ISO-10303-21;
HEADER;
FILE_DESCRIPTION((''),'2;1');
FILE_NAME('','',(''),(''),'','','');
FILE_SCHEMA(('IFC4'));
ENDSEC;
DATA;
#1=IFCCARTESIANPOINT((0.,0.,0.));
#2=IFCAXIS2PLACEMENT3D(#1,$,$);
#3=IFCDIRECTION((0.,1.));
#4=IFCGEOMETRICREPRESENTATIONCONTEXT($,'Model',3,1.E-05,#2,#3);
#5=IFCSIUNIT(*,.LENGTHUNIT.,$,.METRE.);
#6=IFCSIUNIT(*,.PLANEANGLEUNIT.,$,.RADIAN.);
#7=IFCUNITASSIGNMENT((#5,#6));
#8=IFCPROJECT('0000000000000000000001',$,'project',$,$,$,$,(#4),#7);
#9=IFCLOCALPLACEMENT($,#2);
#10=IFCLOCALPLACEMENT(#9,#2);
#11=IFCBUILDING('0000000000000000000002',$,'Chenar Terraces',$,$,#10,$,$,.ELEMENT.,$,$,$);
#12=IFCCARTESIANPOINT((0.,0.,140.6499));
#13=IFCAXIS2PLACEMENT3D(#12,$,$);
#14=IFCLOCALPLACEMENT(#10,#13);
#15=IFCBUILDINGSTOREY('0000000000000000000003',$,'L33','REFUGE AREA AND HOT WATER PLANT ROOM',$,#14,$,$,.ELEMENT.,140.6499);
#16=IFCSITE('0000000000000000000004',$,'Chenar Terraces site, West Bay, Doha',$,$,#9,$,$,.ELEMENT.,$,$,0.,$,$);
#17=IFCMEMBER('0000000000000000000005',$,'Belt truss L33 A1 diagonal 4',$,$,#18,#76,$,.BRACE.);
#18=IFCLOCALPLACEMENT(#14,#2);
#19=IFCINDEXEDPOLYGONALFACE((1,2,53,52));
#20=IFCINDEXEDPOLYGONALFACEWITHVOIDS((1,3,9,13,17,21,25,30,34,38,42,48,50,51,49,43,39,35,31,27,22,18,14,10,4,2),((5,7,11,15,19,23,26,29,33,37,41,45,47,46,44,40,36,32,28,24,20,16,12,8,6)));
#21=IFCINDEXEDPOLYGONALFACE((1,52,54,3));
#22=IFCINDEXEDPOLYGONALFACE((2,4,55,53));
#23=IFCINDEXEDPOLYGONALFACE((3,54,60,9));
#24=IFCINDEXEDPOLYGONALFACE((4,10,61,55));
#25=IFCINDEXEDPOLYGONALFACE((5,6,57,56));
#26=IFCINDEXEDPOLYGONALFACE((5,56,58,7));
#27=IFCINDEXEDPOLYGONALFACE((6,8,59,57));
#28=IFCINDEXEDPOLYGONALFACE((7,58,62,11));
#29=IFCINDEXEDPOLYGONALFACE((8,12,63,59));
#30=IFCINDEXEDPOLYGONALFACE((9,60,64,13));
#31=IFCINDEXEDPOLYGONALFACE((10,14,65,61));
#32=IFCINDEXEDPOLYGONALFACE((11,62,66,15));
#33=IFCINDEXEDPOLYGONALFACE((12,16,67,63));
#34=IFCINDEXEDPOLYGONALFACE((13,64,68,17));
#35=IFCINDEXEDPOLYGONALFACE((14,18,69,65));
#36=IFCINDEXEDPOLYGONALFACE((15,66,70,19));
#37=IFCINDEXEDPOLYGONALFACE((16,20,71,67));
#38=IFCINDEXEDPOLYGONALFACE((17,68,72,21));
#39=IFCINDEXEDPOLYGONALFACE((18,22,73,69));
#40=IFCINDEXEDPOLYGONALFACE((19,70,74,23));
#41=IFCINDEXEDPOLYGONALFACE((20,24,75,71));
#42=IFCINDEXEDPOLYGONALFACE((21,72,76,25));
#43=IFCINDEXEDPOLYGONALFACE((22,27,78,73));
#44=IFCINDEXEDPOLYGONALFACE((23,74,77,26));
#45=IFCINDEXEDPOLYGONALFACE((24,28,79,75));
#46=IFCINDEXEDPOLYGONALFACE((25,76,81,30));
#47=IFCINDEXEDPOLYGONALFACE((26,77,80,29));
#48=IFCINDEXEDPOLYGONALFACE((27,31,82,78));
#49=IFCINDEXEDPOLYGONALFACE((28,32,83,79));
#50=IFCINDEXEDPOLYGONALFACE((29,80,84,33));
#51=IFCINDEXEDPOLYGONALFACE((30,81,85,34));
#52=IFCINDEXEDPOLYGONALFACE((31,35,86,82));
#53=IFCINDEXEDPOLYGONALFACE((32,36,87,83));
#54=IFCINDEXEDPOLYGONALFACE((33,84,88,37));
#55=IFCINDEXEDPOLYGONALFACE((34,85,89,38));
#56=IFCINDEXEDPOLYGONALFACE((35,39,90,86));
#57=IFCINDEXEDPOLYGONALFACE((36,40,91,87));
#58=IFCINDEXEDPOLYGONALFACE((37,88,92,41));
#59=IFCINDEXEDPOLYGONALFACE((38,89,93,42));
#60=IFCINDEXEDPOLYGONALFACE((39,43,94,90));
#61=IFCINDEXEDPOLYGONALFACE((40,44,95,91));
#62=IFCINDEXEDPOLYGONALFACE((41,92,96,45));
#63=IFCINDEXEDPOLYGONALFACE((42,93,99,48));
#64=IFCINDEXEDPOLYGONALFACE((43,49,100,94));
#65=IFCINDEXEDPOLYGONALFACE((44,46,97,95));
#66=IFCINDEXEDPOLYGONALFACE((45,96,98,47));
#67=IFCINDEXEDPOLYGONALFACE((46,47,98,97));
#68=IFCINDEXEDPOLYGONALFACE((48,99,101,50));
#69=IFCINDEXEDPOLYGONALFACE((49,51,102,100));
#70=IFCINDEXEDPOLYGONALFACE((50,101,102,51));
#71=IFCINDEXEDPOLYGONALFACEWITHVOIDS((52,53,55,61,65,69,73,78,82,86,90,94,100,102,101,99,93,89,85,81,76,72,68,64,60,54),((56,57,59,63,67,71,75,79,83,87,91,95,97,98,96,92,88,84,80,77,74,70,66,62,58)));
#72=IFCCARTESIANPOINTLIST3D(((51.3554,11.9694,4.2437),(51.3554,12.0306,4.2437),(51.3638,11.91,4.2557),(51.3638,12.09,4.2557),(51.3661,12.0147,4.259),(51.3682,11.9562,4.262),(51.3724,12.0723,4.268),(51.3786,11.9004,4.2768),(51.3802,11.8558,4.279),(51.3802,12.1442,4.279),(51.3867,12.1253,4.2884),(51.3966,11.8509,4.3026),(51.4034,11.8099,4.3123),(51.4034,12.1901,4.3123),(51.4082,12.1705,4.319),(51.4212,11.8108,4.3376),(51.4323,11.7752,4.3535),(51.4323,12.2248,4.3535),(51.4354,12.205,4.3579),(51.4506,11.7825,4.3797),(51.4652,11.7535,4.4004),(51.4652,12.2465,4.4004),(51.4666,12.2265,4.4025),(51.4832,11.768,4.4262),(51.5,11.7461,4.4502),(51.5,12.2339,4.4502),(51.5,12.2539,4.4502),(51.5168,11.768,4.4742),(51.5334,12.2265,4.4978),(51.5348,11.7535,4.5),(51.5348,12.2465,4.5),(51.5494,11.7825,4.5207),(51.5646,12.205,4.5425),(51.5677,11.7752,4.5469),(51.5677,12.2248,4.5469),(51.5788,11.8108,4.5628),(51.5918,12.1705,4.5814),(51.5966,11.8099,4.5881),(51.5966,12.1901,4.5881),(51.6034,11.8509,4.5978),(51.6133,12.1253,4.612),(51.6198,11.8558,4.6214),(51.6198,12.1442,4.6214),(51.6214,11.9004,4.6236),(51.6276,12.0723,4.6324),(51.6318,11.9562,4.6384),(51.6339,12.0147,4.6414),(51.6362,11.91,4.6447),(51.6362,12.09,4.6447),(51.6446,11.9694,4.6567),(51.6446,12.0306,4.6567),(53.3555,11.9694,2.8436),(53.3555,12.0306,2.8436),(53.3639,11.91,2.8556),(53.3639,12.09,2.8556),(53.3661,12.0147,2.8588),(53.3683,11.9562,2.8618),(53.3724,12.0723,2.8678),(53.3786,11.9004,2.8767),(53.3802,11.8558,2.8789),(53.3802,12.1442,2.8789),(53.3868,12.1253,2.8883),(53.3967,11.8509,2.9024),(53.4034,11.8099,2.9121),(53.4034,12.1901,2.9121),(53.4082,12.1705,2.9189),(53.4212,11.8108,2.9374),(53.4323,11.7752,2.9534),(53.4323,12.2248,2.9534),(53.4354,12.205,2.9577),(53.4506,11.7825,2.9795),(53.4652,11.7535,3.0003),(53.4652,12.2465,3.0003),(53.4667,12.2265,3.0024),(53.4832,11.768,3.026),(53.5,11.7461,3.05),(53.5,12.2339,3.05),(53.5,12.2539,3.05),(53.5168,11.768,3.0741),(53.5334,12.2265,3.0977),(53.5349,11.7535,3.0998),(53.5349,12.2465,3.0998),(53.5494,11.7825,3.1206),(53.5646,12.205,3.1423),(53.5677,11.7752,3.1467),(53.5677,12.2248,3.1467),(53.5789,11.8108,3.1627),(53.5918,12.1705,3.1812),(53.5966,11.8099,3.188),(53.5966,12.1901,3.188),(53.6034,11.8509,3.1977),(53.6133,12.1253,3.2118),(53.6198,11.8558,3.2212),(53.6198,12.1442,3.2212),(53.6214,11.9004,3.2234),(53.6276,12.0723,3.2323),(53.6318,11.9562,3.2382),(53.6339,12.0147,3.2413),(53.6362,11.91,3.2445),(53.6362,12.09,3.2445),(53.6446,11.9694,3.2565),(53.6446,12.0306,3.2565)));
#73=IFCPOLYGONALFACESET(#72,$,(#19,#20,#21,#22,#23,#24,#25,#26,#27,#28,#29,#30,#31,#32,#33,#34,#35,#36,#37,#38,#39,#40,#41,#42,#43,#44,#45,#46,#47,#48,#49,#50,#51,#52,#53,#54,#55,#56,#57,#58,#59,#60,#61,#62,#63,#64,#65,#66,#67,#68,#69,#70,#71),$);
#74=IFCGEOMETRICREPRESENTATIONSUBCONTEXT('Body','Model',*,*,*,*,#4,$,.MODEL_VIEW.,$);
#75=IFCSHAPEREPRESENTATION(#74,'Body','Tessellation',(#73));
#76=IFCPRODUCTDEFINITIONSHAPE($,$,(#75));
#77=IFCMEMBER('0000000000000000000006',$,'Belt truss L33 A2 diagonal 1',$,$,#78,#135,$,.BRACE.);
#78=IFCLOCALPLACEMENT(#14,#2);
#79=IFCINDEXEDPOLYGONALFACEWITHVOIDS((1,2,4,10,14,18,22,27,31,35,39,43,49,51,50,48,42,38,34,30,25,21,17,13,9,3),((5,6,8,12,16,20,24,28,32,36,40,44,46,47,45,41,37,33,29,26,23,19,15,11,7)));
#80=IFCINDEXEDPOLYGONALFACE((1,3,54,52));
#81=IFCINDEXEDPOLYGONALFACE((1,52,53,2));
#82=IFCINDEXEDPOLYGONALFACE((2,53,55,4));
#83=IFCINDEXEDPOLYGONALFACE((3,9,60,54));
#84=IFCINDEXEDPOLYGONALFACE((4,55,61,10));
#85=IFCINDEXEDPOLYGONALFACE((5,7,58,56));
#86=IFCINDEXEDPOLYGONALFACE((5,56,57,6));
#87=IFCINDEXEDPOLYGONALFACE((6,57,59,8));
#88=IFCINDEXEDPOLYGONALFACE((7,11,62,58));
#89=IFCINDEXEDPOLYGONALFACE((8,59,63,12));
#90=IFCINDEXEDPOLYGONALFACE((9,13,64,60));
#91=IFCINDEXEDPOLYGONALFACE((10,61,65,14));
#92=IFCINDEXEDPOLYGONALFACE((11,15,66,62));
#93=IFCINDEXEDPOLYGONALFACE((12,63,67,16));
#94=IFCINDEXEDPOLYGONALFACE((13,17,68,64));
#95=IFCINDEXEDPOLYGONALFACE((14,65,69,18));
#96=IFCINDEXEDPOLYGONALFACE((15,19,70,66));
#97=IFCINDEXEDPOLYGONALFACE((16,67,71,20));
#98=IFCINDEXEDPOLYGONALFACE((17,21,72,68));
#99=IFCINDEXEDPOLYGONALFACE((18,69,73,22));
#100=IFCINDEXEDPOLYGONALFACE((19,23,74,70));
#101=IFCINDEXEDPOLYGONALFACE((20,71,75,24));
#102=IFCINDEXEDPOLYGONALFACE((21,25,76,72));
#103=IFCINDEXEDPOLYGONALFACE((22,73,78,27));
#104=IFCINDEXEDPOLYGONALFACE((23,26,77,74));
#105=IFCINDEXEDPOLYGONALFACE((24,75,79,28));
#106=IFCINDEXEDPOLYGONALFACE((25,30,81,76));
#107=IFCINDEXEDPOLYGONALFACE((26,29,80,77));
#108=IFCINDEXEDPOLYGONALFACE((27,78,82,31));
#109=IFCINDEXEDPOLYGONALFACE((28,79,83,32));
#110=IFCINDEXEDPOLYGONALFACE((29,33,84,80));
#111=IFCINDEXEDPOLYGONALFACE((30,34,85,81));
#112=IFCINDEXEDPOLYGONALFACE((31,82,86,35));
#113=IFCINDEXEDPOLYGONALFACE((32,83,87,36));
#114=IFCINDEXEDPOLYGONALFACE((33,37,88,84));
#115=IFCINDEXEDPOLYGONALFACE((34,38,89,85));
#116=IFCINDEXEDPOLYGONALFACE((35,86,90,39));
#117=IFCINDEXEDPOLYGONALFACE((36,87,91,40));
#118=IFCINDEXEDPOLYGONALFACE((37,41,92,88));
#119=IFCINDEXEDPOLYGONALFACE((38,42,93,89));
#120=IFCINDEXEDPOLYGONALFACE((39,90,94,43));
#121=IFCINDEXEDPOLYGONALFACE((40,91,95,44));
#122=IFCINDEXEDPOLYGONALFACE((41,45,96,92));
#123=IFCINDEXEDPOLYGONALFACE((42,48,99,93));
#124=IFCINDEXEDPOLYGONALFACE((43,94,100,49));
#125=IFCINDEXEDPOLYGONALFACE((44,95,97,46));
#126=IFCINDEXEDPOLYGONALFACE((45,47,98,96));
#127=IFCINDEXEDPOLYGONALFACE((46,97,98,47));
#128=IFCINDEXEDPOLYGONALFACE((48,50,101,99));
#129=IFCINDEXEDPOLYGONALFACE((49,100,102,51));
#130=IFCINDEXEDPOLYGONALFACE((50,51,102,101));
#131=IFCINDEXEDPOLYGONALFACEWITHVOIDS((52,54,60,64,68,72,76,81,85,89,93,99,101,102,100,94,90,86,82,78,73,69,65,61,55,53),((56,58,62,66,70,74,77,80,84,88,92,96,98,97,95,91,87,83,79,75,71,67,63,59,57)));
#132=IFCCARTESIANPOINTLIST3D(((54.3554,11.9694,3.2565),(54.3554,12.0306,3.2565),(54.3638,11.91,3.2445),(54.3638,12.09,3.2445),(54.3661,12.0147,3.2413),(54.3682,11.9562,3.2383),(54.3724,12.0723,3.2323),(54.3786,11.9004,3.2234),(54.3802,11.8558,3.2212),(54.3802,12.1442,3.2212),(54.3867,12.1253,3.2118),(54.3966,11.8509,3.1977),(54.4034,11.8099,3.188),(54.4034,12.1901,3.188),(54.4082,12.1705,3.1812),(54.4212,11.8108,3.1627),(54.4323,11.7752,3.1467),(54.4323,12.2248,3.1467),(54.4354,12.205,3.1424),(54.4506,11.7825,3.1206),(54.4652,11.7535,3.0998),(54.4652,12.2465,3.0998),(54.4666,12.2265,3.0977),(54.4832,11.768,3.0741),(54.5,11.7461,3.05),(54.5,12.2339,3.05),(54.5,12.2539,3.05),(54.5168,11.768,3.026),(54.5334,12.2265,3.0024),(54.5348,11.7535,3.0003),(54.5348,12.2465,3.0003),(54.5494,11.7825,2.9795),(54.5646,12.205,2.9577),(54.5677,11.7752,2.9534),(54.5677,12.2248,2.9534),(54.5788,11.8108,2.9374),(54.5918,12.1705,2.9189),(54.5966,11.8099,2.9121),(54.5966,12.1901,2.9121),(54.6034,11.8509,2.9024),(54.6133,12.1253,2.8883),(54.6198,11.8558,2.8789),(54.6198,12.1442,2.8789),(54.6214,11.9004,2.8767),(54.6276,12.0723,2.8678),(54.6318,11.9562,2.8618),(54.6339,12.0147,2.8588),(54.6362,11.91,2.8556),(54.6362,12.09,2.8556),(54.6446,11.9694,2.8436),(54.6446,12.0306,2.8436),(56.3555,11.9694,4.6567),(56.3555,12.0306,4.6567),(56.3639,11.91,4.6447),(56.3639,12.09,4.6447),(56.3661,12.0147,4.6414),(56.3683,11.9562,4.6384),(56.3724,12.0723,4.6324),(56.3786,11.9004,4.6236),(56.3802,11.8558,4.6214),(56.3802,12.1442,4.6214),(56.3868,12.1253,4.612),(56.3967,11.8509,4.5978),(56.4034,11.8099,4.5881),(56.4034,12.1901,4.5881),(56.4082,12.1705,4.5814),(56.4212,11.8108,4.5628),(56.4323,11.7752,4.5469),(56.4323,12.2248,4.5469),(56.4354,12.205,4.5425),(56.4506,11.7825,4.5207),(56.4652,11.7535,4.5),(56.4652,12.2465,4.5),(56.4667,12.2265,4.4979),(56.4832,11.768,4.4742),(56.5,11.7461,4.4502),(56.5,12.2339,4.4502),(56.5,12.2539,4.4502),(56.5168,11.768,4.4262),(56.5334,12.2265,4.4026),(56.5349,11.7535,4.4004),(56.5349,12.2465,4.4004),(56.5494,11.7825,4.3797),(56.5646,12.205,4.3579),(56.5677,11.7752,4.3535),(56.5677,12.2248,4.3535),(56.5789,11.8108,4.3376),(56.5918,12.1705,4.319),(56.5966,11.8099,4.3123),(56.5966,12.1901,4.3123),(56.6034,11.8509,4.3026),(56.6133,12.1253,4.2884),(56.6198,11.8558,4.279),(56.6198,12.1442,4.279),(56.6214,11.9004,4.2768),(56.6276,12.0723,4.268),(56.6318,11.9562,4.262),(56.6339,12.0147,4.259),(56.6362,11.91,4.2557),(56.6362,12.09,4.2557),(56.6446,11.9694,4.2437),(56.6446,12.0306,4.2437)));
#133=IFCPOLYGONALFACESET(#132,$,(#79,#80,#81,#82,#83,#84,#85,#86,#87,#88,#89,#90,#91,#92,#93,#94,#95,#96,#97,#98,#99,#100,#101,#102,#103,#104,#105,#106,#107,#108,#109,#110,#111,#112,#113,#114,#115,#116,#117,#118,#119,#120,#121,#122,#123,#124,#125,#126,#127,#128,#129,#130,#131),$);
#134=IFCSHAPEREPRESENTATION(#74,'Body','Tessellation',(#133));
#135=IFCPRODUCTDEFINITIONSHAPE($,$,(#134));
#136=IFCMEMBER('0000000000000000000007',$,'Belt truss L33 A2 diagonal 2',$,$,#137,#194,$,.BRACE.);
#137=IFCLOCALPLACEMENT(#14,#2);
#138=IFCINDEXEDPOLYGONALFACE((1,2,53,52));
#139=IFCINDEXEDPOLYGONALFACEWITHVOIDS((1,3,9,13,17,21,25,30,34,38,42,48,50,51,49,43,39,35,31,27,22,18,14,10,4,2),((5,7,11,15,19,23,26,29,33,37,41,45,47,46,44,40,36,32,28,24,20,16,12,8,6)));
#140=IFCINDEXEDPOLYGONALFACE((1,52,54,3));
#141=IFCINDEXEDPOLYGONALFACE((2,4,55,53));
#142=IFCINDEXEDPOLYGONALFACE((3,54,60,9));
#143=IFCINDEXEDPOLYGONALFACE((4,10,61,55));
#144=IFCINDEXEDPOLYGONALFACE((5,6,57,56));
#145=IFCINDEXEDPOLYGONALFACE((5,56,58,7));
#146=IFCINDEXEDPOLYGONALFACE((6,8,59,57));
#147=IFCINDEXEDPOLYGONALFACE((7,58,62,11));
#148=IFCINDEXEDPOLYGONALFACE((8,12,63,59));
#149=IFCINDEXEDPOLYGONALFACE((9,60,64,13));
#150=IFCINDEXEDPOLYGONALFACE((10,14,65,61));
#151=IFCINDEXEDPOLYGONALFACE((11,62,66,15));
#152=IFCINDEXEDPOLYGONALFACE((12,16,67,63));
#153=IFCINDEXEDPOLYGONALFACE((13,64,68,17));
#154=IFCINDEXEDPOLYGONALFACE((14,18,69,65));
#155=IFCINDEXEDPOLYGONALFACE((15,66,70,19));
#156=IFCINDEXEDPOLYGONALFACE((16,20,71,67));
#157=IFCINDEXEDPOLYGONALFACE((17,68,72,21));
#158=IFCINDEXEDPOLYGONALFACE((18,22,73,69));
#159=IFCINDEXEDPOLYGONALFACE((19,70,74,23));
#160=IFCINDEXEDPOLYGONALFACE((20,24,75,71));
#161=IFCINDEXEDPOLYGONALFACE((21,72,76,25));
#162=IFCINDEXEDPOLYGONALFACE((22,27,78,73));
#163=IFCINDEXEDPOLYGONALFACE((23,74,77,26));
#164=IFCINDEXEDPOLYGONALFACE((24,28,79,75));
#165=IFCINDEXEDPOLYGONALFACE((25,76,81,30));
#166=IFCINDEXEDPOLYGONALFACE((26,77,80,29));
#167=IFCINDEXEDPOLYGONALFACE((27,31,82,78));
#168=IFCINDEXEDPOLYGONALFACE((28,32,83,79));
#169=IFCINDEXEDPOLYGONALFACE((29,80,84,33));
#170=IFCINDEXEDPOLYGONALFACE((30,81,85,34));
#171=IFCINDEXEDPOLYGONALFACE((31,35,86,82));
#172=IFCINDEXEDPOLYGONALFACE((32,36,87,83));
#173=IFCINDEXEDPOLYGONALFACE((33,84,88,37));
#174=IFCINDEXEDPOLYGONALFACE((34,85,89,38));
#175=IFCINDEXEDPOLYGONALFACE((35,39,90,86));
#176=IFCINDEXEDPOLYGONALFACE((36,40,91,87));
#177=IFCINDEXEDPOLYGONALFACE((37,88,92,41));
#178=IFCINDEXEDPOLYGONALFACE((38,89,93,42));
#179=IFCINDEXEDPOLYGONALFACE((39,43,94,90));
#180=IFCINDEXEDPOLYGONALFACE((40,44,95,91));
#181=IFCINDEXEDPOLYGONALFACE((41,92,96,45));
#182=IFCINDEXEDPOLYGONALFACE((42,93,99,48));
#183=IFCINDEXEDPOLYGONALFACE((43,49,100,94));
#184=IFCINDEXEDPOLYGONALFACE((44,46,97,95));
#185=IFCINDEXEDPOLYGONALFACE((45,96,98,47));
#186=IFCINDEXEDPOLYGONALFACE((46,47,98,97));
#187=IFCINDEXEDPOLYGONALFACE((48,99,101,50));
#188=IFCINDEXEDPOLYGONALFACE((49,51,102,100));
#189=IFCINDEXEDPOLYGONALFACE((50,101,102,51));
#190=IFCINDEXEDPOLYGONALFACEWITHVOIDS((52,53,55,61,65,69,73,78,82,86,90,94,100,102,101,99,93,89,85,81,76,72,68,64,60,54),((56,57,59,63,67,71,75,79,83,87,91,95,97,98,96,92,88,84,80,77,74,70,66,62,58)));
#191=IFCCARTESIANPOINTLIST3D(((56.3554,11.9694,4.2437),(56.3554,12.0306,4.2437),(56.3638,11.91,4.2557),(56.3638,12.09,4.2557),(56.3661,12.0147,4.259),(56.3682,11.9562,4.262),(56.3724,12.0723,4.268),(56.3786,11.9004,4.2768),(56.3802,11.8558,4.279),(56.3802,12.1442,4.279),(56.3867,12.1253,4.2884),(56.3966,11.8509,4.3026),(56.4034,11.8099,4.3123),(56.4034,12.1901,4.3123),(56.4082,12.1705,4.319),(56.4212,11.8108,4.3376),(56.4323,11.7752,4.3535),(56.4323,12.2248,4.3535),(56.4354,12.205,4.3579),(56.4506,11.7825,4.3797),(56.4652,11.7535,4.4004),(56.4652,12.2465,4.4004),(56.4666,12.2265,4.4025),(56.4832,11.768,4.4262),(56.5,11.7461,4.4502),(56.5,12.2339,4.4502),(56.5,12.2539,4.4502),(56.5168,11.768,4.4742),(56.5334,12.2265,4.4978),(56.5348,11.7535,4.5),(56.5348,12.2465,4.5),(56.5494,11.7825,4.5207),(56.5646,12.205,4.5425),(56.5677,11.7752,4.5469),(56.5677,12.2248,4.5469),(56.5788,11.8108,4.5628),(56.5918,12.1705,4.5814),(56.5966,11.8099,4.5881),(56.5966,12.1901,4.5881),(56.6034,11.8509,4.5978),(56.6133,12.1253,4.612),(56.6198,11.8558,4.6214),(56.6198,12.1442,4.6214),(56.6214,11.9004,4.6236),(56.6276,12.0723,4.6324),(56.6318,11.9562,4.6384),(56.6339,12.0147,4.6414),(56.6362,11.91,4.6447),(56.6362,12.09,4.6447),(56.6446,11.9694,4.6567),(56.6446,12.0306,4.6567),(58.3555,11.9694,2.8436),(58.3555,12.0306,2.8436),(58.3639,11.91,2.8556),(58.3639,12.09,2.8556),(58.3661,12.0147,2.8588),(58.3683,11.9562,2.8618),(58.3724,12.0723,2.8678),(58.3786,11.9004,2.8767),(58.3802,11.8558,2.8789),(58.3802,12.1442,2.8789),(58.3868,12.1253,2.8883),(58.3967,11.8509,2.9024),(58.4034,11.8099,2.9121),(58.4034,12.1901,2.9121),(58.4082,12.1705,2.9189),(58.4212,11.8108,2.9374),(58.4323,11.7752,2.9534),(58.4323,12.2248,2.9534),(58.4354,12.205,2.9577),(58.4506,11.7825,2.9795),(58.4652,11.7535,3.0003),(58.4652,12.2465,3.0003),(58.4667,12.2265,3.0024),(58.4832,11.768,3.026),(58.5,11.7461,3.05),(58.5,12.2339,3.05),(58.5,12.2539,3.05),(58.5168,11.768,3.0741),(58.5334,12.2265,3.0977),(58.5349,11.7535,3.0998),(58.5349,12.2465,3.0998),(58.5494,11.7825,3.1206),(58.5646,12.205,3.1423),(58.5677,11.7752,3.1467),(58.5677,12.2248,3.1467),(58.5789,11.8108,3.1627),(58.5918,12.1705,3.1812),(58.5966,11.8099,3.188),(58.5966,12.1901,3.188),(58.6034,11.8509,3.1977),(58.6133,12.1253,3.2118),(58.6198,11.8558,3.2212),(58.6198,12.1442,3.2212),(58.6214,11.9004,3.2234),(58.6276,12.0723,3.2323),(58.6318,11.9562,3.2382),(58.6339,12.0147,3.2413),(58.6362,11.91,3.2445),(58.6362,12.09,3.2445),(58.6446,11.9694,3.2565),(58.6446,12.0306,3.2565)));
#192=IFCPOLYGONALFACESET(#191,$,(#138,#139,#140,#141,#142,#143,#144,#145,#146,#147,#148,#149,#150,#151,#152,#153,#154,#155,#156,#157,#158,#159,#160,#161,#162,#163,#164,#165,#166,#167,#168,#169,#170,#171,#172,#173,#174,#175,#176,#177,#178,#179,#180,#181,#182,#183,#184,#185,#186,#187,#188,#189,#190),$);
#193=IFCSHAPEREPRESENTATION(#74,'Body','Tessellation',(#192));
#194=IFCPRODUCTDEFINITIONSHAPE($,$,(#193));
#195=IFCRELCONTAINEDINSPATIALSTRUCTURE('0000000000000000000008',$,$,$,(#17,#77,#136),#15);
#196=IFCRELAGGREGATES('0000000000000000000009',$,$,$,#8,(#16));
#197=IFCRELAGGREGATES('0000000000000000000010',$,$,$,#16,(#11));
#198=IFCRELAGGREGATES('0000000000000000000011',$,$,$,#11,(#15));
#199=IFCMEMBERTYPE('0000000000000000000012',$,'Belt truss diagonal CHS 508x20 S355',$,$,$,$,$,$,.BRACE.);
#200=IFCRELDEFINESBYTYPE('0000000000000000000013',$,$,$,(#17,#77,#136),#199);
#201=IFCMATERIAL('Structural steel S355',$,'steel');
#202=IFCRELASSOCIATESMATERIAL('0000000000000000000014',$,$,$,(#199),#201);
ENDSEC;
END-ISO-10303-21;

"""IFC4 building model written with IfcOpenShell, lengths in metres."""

from ifc_helpers import new_model, si_unit, direction, frame, origin, origin_2d, place, context, subcontext, project, spatial, hollow_circle, extrude, material, material_profile, profile_set, type_object, element, save


model = new_model("IFC4")

# Units and contexts
model_context = context("Model", 3, precision=1e-05, world=origin(), true_north=direction((0.0, 1.0)))
body_context = subcontext(model_context, "Body", "Model", "MODEL_VIEW")
ifc_project = project(units=[si_unit("LENGTHUNIT", "METRE"), si_unit("PLANEANGLEUNIT", "RADIAN")], contexts=[model_context])

# Site, building, storey
site_placement = place(None, origin())
site = spatial("IfcSite", under=ifc_project, at=site_placement, Name="Chenar Terraces site, West Bay, Doha", CompositionType="ELEMENT", RefElevation=0.0)
building_placement = place(site_placement, origin())
building = spatial("IfcBuilding", under=site, at=building_placement, Name="Chenar Terraces", CompositionType="ELEMENT")
storey_placement = place(building_placement, frame((0.0, 0.0, 140.6499)))
storey = spatial("IfcBuildingStorey", under=building, at=storey_placement, Name="L33", Description="REFUGE AREA AND HOT WATER PLANT ROOM", CompositionType="ELEMENT", Elevation=140.6499)

# Members
ifc_material_1 = material(Name="Structural steel S355", Category="steel")
ifc_material_profile_1 = material_profile(ifc_material_1, hollow_circle(Radius=0.2539, WallThickness=0.02, at=origin_2d()), Name="CHS 508x20")
ifc_profile_set_1 = profile_set([ifc_material_profile_1], Name="Structural steel S355")
member_type = type_object("IfcMemberType", Name="Belt truss diagonal CHS 508x20 S355", PredefinedType="BRACE", material=ifc_profile_set_1)
for number, where, z_axis, x_axis, name in (
    (1, (51.5, 12.0, 4.4502), (0.819204, 0.0, -0.573503), (0.0, 1.0, 0.0), "Belt truss L33 A1 diagonal 4"),
    (2, (54.5, 12.0, 3.05), (0.819204, 0.0, 0.573503), (0.0, 1.0, 0.0), "Belt truss L33 A2 diagonal 1"),
    (3, (56.5, 12.0, 4.4502), (0.819204, 0.0, -0.573503), (0.0, 1.0, 0.0), "Belt truss L33 A2 diagonal 2"),
):
    element("IfcMember", number, at=place(storey_placement, frame(where, z_axis=z_axis, x_axis=x_axis)), inside=storey, type_object=member_type, Name=name, PredefinedType="BRACE", context=body_context, shape_type="SweptSolid", body=[
        extrude(hollow_circle(Radius=0.2539, WallThickness=0.02, at=origin_2d()), origin(), (0.0, 0.0, 1.0), 2.4414),
    ])

save(model, "model.ifc")
